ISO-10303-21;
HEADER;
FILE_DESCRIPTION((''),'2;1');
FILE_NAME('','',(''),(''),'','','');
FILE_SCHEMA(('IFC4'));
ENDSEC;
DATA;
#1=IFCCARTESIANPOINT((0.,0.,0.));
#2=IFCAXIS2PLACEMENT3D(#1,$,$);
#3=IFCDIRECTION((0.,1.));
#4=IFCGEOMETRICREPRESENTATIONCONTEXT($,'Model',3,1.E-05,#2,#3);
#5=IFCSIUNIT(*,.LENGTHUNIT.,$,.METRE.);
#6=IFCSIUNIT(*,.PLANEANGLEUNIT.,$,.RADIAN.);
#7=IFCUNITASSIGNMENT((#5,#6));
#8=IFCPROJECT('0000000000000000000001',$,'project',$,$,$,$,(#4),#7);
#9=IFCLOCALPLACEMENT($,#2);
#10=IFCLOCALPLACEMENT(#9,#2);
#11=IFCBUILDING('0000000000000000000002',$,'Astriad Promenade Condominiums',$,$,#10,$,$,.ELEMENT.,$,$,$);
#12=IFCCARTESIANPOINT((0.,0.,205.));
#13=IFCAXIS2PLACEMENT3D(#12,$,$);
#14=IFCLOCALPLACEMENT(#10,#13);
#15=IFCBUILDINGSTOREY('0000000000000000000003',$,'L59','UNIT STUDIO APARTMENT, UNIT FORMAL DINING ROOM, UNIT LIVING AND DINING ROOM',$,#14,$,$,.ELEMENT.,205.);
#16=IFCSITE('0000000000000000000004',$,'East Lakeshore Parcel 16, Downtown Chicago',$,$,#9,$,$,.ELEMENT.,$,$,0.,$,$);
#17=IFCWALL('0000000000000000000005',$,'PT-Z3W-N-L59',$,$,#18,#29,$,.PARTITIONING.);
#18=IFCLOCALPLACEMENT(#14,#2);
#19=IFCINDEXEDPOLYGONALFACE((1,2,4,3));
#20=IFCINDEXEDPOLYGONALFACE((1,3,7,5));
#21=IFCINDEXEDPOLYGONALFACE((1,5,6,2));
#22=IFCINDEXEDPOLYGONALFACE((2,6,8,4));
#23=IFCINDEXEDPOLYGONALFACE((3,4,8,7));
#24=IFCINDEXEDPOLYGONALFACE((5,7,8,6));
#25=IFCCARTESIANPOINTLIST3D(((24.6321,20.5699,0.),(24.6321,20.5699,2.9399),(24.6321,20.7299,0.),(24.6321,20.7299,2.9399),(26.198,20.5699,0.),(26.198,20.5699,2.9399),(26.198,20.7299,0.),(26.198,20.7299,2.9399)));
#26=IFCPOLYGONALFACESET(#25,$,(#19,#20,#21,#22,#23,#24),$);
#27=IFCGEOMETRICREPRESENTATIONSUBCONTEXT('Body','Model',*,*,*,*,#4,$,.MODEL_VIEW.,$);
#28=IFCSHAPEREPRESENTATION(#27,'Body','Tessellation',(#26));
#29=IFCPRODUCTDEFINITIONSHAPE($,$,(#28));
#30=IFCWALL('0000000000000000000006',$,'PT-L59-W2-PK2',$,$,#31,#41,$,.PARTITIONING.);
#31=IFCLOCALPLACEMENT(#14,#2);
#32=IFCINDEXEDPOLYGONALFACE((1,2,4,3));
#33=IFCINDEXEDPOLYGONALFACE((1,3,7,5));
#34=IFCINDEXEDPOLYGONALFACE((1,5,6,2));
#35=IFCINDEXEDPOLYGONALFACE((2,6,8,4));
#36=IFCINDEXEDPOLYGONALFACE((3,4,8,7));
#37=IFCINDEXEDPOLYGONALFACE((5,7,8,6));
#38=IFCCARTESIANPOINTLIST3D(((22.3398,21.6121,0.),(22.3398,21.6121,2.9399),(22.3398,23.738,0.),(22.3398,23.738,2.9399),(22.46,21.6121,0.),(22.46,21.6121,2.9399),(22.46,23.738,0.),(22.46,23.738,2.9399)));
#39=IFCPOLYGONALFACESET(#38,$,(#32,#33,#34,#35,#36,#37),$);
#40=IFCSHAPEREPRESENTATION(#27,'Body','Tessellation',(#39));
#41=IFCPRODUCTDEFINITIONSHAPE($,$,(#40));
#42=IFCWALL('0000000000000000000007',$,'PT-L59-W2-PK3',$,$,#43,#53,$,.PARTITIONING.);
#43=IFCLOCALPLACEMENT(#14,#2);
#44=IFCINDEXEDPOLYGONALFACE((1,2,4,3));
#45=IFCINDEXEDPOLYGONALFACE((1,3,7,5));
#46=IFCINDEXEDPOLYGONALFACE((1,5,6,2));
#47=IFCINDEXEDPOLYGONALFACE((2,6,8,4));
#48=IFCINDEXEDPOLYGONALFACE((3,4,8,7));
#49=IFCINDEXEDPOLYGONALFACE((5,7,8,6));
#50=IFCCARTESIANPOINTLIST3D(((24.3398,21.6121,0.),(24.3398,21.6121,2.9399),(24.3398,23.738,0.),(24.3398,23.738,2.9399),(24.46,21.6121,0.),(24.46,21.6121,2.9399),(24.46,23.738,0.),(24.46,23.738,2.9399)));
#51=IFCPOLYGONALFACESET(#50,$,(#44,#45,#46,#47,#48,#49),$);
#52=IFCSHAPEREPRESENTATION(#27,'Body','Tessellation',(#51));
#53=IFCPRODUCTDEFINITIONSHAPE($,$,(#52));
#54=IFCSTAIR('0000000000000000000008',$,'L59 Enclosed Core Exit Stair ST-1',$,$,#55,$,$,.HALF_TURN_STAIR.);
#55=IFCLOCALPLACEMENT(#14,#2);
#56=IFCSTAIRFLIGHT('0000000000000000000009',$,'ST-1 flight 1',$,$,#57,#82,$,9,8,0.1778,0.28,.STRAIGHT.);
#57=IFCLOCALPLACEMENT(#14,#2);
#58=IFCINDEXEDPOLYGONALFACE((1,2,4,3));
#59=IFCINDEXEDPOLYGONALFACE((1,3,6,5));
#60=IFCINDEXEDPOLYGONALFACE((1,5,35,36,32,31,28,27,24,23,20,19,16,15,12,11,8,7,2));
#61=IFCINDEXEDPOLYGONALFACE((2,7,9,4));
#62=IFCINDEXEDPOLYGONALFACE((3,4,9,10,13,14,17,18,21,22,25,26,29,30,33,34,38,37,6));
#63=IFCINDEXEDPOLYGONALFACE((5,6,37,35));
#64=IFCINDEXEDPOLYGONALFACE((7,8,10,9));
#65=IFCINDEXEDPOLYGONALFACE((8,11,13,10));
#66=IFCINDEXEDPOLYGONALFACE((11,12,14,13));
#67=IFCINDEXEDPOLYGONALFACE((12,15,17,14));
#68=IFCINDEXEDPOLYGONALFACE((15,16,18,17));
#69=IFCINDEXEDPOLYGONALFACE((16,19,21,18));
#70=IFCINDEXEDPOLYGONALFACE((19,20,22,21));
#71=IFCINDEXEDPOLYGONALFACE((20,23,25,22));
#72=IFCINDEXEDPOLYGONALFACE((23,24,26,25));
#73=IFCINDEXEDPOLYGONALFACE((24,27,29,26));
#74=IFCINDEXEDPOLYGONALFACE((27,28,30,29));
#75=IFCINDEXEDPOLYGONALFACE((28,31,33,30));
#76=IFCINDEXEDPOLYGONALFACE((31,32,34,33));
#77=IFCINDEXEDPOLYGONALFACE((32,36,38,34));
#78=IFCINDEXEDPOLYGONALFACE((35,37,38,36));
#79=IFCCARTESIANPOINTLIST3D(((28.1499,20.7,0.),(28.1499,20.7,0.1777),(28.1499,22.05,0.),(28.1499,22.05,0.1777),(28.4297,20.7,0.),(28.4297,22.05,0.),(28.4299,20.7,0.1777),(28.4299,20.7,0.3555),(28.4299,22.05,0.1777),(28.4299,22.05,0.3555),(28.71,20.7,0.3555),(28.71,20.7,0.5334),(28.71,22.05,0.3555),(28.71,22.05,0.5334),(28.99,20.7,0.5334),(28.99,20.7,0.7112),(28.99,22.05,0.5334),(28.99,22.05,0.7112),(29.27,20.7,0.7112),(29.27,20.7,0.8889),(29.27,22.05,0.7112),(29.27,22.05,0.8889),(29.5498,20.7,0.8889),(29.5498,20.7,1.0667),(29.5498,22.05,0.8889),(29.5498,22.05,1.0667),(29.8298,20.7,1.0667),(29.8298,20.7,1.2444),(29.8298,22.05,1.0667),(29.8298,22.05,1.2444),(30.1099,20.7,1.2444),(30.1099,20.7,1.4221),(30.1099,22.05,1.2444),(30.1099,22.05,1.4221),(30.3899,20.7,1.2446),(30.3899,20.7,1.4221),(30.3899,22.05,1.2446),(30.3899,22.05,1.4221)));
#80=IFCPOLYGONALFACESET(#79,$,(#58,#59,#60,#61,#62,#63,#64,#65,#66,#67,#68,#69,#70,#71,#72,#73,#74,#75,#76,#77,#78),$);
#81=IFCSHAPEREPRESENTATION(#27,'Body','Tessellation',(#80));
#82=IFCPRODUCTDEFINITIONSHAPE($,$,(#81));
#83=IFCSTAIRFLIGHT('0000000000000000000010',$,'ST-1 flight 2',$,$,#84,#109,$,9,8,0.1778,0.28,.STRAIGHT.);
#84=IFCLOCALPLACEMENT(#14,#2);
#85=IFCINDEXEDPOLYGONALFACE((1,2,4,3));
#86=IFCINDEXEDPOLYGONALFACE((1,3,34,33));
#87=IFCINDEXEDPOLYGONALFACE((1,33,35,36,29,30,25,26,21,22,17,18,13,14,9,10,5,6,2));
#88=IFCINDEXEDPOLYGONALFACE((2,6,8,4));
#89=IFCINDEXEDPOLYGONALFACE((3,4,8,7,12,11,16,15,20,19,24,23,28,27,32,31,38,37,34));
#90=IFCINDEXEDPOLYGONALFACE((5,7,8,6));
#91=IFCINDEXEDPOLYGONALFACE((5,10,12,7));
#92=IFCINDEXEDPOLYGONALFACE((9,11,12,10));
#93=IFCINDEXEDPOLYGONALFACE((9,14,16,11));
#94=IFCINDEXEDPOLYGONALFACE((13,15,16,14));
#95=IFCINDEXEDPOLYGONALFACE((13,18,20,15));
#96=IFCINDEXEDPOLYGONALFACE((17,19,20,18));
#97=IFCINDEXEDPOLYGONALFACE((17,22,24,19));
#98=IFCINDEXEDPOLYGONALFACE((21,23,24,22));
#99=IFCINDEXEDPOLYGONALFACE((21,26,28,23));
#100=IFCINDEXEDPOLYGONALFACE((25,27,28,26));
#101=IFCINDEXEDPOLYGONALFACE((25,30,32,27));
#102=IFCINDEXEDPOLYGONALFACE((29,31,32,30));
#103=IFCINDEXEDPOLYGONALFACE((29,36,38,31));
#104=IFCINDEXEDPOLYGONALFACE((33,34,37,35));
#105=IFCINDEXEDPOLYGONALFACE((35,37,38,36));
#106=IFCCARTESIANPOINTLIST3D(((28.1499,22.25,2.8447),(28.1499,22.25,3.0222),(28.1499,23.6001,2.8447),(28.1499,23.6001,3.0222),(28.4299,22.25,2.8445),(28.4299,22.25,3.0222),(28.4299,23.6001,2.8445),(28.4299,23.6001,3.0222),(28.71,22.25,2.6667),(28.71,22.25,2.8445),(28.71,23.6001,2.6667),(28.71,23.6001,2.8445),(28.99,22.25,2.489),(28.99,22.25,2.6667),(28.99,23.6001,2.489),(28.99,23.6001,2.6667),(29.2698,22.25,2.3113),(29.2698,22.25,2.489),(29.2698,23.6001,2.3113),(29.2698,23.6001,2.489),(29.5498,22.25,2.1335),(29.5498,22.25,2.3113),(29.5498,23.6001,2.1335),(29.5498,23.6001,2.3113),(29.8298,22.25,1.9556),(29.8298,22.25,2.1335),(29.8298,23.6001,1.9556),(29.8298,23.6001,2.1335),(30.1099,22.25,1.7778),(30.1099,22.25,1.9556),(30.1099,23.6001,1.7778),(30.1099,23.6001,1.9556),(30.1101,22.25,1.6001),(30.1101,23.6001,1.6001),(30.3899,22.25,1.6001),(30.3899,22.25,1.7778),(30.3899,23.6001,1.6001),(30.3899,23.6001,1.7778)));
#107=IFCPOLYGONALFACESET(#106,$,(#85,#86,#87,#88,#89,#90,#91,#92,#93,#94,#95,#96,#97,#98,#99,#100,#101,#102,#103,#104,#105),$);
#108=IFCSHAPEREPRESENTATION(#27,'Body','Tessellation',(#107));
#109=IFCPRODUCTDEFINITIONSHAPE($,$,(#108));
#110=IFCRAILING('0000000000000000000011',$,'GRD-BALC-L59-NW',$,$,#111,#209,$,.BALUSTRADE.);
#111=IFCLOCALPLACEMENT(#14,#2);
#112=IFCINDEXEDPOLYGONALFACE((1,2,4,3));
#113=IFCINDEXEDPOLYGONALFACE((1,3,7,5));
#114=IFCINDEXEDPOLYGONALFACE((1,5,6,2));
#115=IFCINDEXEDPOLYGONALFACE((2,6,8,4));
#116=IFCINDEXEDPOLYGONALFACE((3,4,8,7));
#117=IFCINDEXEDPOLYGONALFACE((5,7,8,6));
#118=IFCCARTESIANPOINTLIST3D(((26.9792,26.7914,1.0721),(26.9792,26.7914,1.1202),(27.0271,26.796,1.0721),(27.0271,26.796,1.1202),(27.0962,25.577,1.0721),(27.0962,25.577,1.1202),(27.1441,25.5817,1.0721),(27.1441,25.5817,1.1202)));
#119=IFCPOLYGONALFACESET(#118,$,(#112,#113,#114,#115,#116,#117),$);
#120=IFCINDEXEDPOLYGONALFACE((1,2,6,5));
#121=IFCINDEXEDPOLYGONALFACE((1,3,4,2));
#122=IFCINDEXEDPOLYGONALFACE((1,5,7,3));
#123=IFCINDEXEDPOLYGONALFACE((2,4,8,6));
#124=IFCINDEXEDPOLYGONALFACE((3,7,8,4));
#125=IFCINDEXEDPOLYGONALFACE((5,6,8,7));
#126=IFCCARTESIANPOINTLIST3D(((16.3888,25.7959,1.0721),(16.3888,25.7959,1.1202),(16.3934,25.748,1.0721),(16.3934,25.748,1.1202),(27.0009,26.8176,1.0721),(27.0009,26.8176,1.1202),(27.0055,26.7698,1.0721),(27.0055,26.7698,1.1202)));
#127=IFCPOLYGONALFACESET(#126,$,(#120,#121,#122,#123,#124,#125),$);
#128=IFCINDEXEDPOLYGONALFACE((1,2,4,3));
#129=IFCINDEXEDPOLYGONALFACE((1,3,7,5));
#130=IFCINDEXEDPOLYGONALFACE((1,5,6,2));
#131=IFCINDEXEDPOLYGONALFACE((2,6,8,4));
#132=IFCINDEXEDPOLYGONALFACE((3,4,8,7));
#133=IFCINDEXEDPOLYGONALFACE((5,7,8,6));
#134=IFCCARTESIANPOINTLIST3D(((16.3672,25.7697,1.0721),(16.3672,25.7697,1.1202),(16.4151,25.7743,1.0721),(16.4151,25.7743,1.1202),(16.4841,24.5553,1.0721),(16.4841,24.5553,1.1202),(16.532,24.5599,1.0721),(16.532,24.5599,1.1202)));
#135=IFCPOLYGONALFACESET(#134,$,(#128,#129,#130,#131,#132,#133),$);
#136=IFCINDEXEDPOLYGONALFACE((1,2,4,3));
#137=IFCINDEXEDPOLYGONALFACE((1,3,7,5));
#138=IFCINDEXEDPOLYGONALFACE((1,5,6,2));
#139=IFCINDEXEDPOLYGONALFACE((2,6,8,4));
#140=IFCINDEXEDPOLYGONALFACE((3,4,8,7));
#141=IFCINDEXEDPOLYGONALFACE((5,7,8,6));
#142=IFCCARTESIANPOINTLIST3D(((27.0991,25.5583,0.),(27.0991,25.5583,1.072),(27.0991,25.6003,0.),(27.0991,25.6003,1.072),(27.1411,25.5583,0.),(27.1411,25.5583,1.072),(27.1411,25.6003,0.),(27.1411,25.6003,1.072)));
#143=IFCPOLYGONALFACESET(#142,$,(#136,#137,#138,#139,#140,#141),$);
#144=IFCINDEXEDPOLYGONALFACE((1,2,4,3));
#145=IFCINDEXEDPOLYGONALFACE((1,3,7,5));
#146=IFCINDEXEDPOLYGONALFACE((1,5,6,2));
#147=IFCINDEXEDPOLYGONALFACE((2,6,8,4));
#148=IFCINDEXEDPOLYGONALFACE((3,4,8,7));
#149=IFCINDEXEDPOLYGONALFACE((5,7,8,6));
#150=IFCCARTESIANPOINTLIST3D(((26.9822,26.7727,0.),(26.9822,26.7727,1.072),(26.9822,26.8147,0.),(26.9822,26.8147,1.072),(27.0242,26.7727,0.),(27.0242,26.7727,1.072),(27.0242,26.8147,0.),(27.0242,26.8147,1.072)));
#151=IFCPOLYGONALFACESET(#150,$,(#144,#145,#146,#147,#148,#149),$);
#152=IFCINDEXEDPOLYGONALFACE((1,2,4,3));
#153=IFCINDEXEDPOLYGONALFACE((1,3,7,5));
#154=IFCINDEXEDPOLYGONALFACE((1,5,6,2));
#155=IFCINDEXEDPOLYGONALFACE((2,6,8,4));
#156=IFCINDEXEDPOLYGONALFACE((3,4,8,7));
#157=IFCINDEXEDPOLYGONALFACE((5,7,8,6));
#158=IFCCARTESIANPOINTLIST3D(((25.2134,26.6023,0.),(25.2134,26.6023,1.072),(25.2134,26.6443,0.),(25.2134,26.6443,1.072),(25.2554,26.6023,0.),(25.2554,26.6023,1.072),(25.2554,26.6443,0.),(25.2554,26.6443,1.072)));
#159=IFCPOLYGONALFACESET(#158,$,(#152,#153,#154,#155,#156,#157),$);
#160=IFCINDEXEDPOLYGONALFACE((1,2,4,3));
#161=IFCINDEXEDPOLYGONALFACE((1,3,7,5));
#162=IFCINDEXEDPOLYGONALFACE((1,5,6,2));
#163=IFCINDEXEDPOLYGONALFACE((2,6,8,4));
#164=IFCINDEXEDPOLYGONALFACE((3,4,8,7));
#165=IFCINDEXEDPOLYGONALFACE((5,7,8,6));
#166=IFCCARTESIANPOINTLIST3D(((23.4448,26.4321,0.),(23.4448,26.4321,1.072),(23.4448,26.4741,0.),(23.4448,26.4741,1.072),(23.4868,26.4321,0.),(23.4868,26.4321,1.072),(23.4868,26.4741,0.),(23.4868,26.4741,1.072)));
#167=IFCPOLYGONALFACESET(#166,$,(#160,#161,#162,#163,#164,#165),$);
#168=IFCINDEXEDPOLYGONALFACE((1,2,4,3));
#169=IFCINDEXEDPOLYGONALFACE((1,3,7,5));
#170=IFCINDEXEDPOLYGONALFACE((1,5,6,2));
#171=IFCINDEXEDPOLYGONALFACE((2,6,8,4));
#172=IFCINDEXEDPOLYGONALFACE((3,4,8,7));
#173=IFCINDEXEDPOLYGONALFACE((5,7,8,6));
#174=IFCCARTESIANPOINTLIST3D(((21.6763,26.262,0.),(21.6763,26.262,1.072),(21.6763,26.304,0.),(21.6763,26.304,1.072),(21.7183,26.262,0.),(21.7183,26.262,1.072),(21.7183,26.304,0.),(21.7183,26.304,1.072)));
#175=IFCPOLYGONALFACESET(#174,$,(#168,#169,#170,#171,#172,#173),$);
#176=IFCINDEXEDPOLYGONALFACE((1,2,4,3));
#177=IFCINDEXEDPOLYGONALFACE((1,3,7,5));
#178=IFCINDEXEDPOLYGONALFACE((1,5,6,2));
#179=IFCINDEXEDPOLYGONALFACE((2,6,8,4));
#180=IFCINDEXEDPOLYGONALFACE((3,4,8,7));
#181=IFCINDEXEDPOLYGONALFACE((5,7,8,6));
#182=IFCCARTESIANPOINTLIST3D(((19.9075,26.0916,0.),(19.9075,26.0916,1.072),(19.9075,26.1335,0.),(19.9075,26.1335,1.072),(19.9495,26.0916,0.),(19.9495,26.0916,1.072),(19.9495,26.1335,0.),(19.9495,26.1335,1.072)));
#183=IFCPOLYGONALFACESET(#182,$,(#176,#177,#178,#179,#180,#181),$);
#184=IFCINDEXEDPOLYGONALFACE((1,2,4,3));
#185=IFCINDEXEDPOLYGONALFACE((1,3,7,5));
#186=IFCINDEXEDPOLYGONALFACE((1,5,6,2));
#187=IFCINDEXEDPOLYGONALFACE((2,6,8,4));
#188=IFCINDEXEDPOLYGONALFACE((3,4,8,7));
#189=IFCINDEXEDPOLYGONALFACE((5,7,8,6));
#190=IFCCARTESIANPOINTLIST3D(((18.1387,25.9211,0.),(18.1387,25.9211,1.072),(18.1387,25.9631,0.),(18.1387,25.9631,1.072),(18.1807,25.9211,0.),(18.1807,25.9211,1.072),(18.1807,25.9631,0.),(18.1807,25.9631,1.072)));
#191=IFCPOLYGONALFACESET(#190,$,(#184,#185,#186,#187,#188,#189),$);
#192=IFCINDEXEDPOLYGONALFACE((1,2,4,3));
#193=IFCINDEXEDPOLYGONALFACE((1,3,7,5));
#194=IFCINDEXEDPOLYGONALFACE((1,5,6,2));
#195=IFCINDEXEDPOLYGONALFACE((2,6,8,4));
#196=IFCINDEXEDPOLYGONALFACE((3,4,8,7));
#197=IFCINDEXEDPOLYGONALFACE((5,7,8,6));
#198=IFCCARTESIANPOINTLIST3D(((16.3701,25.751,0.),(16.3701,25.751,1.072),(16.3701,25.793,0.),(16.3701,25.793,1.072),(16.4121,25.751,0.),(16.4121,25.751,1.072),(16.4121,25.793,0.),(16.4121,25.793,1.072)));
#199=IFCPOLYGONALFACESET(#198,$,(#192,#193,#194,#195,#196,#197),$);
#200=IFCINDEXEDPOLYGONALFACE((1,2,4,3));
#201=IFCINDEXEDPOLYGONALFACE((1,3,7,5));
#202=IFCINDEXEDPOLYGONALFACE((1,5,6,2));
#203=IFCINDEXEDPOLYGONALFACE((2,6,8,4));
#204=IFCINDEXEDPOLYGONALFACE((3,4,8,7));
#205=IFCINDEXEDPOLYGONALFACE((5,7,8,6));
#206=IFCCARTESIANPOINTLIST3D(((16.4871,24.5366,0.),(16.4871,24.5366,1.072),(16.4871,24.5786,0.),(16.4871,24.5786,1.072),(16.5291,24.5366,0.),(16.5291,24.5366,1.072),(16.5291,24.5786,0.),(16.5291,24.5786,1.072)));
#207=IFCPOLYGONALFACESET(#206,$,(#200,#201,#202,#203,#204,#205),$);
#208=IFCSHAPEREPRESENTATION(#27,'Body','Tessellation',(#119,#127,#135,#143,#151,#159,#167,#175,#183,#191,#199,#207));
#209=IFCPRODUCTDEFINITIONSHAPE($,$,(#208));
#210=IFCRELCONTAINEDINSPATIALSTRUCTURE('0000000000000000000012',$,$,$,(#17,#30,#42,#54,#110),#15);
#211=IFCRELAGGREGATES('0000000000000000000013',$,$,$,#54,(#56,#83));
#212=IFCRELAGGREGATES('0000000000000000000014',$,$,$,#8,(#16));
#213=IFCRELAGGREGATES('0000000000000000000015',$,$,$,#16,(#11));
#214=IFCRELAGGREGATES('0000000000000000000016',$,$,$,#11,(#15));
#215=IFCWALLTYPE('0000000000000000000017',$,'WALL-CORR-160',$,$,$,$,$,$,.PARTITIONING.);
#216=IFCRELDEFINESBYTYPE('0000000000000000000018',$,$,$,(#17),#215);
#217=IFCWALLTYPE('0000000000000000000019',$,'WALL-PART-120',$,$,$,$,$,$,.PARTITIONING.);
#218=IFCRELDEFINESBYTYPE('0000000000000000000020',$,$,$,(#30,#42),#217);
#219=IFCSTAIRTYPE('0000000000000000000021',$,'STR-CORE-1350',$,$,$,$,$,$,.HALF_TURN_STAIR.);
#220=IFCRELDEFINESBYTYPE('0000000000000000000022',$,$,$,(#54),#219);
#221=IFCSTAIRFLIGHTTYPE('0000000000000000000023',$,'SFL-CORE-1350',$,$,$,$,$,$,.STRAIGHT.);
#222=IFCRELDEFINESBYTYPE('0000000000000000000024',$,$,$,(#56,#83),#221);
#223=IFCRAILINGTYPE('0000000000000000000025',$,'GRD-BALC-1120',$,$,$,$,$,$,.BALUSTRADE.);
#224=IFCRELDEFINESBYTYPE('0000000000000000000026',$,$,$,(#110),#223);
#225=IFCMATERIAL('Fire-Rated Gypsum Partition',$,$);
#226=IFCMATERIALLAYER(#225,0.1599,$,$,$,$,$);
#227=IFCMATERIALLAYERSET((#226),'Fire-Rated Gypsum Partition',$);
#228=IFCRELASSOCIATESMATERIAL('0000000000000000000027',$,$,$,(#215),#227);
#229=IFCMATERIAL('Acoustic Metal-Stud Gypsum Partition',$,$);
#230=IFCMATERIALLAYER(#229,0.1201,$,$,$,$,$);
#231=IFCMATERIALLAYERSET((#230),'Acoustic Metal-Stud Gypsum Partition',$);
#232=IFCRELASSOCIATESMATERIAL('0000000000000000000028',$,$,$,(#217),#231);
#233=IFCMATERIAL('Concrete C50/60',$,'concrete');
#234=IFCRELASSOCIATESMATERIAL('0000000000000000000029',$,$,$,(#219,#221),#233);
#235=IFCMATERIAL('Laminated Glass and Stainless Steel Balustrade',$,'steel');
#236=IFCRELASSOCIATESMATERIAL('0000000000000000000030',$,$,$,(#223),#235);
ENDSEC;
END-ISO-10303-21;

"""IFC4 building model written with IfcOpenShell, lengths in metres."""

from ifc_helpers import new_model, si_unit, direction, frame, frame_2d, origin, origin_2d, place, context, subcontext, project, spatial, polyline, rectangle, outline, extrude, source, transform, mapped, material, layer, layer_set, type_object, type_shapes, element, aggregate, save


model = new_model("IFC4")

# Units and contexts
model_context = context("Model", 3, precision=1e-05, world=origin(), true_north=direction((0.0, 1.0)))
body_context = subcontext(model_context, "Body", "Model", "MODEL_VIEW")
ifc_project = project(units=[si_unit("LENGTHUNIT", "METRE"), si_unit("PLANEANGLEUNIT", "RADIAN")], contexts=[model_context])

# Site, building, storey
site_placement = place(None, origin())
site = spatial("IfcSite", under=ifc_project, at=site_placement, Name="East Lakeshore Parcel 16, Downtown Chicago", CompositionType="ELEMENT", RefElevation=0.0)
building_placement = place(site_placement, origin())
building = spatial("IfcBuilding", under=site, at=building_placement, Name="Astriad Promenade Condominiums", CompositionType="ELEMENT")
storey_placement = place(building_placement, frame((0.0, 0.0, 205.0)))
storey = spatial("IfcBuildingStorey", under=building, at=storey_placement, Name="L59", Description="UNIT STUDIO APARTMENT, UNIT FORMAL DINING ROOM, UNIT LIVING AND DINING ROOM", CompositionType="ELEMENT", Elevation=205.0)

# Shared definitions
ifc_material_1 = material(Name="Concrete C50/60", Category="concrete")

# Walls
ifc_material_2 = material(Name="Fire-Rated Gypsum Partition")
ifc_layer_1 = layer(ifc_material_2, 0.1599)
ifc_layer_set_1 = layer_set([ifc_layer_1], Name="Fire-Rated Gypsum Partition")
wall_type_1 = type_object("IfcWallType", Name="WALL-CORR-160", PredefinedType="PARTITIONING", material=ifc_layer_set_1)
wall_1_placement = place(storey_placement, frame((24.6321, 20.6499, 0.0), z_axis=(0.0, 0.0, 1.0), x_axis=(1.0, 0.0, 0.0)))
element("IfcWall", 1, at=wall_1_placement, inside=storey, type_object=wall_type_1, Name="PT-Z3W-N-L59", PredefinedType="PARTITIONING", context=body_context, shape_type="SweptSolid", body=[
    extrude(rectangle(XDim=1.5659, YDim=0.1599, at=frame_2d((0.783, 0.0))), origin(), (0.0, 0.0, 1.0), 2.9399),
])
ifc_material_3 = material(Name="Acoustic Metal-Stud Gypsum Partition")
ifc_layer_2 = layer(ifc_material_3, 0.1201)
ifc_layer_set_2 = layer_set([ifc_layer_2], Name="Acoustic Metal-Stud Gypsum Partition")
wall_type_2 = type_object("IfcWallType", Name="WALL-PART-120", PredefinedType="PARTITIONING", material=ifc_layer_set_2)
for number, where, z_axis, x_axis, name in (
    (2, (22.3999, 21.6121, 0.0), (0.0, 0.0, 1.0), (0.0, 1.0, 0.0), "PT-L59-W2-PK2"),
    (3, (24.3999, 21.6121, 0.0), (0.0, 0.0, 1.0), (0.0, 1.0, 0.0), "PT-L59-W2-PK3"),
):
    element("IfcWall", number, at=place(storey_placement, frame(where, z_axis=z_axis, x_axis=x_axis)), inside=storey, type_object=wall_type_2, Name=name, PredefinedType="PARTITIONING", context=body_context, shape_type="SweptSolid", body=[
        extrude(rectangle(XDim=2.126, YDim=0.1201, at=frame_2d((1.063, 0.0))), origin(), (0.0, 0.0, 1.0), 2.9399),
    ])

# Stair, stair flights
stair_type = type_object("IfcStairType", Name="STR-CORE-1350", PredefinedType="HALF_TURN_STAIR", material=ifc_material_1)
stair_placement = place(storey_placement, origin())
stair = element("IfcStair", 4, at=stair_placement, inside=storey, type_object=stair_type, Name="L59 Enclosed Core Exit Stair ST-1", PredefinedType="HALF_TURN_STAIR")
stair_flight_type = type_object("IfcStairFlightType", Name="SFL-CORE-1350", PredefinedType="STRAIGHT", material=ifc_material_1)
shared_shape_1 = source(origin(), body_context, "Body", "SweptSolid", [
    extrude(outline(polyline([(0.0, 0.0), (0.0, 0.1777), (0.28, 0.1777), (0.28, 0.3555), (0.5601, 0.3555), (0.5601, 0.5334), (0.8401, 0.5334), (0.8401, 0.7112), (1.1201, 0.7112), (1.1201, 0.8889), (1.3999, 0.8889), (1.3999, 1.0667), (1.6799, 1.0667), (1.6799, 1.2444), (1.96, 1.2444), (1.96, 1.4221), (2.24, 1.4221), (2.24, 1.6001), (2.24, 1.2446), (0.2798, 0.0), (0.0, 0.0)])), frame((0.0, 0.675, 0.0), z_axis=(0.0, -1.0, 0.0), x_axis=(1.0, 0.0, 0.0)), (0.0, 0.0, 1.0), 1.3501),
])
type_shapes(stair_flight_type, [shared_shape_1])
stair_flight_1_placement = place(storey_placement, frame((28.1499, 21.375, 0.0), z_axis=(0.0, 0.0, 1.0), x_axis=(1.0, 0.0, 0.0)))
stair_flight_1 = element("IfcStairFlight", 5, at=stair_flight_1_placement, type_object=stair_flight_type, Name="ST-1 flight 1", NumberOfRisers=9, NumberOfTreads=8, PredefinedType="STRAIGHT", RiserHeight=0.1778, TreadLength=0.28, context=body_context, shape_type="MappedRepresentation", body=[
    mapped(shared_shape_1, transform((0.0, 0.0, 0.0), scale=1.0)),
])
stair_flight_2_placement = place(storey_placement, frame((30.3899, 22.925, 1.6001), z_axis=(0.0, 0.0, 1.0), x_axis=(-1.0, 0.0, 0.0)))
stair_flight_2 = element("IfcStairFlight", 6, at=stair_flight_2_placement, type_object=stair_flight_type, Name="ST-1 flight 2", NumberOfRisers=9, NumberOfTreads=8, PredefinedType="STRAIGHT", RiserHeight=0.1778, TreadLength=0.28, context=body_context, shape_type="MappedRepresentation", body=[
    mapped(shared_shape_1, transform((0.0, 0.0, 0.0), scale=1.0)),
])
aggregate(stair, [stair_flight_1, stair_flight_2])

# Railing
ifc_material_4 = material(Name="Laminated Glass and Stainless Steel Balustrade", Category="steel")
railing_type_1 = type_object("IfcRailingType", Name="GRD-BALC-1120", PredefinedType="BALUSTRADE", material=ifc_material_4)
shared_shape_2 = source(origin(), body_context, "Body", "SweptSolid", [
    extrude(rectangle(XDim=0.0481, YDim=0.0481, at=origin_2d()), frame((0.0, 0.0, 1.0962), z_axis=(-0.095857, 0.995395, 0.0), x_axis=(-0.995395, -0.095857, 0.0)), (0.0, 0.0, 1.0), 1.22),
    extrude(rectangle(XDim=0.0481, YDim=0.0481, at=origin_2d()), frame((-0.1169, 1.2144, 1.0962), z_axis=(-0.995397, -0.095837, 0.0), x_axis=(0.095837, -0.995397, 0.0)), (0.0, 0.0, 1.0), 10.6611),
    extrude(rectangle(XDim=0.0481, YDim=0.0481, at=origin_2d()), frame((-10.729, 0.1926, 1.0962), z_axis=(0.095857, -0.995395, 0.0), x_axis=(0.995395, 0.095857, 0.0)), (0.0, 0.0, 1.0), 1.22),
    extrude(rectangle(XDim=0.042, YDim=0.042, at=origin_2d()), origin(), (0.0, 0.0, 1.0), 1.072),
    extrude(rectangle(XDim=0.042, YDim=0.042, at=origin_2d()), frame((-0.1169, 1.2144, 0.0)), (0.0, 0.0, 1.0), 1.072),
    extrude(rectangle(XDim=0.042, YDim=0.042, at=origin_2d()), frame((-1.8857, 1.0439, 0.0)), (0.0, 0.0, 1.0), 1.072),
    extrude(rectangle(XDim=0.042, YDim=0.042, at=origin_2d()), frame((-3.6543, 0.8738, 0.0)), (0.0, 0.0, 1.0), 1.072),
    extrude(rectangle(XDim=0.042, YDim=0.042, at=origin_2d()), frame((-5.4229, 0.7036, 0.0)), (0.0, 0.0, 1.0), 1.072),
    extrude(rectangle(XDim=0.042, YDim=0.042, at=origin_2d()), frame((-7.1917, 0.5332, 0.0)), (0.0, 0.0, 1.0), 1.072),
    extrude(rectangle(XDim=0.042, YDim=0.042, at=origin_2d()), frame((-8.9604, 0.3628, 0.0)), (0.0, 0.0, 1.0), 1.072),
    extrude(rectangle(XDim=0.042, YDim=0.042, at=origin_2d()), frame((-10.729, 0.1926, 0.0)), (0.0, 0.0, 1.0), 1.072),
    extrude(rectangle(XDim=0.042, YDim=0.042, at=origin_2d()), frame((-10.6121, -1.0217, 0.0)), (0.0, 0.0, 1.0), 1.072),
])
type_shapes(railing_type_1, [shared_shape_2])
railing_1_placement = place(storey_placement, frame((27.1201, 25.5793, 0.0)))
element("IfcRailing", 7, at=railing_1_placement, inside=storey, type_object=railing_type_1, Name="GRD-BALC-L59-NW", PredefinedType="BALUSTRADE", context=body_context, shape_type="MappedRepresentation", body=[
    mapped(shared_shape_2, transform((0.0, 0.0, 0.0), scale=1.0)),
])

save(model, "model.ifc")
